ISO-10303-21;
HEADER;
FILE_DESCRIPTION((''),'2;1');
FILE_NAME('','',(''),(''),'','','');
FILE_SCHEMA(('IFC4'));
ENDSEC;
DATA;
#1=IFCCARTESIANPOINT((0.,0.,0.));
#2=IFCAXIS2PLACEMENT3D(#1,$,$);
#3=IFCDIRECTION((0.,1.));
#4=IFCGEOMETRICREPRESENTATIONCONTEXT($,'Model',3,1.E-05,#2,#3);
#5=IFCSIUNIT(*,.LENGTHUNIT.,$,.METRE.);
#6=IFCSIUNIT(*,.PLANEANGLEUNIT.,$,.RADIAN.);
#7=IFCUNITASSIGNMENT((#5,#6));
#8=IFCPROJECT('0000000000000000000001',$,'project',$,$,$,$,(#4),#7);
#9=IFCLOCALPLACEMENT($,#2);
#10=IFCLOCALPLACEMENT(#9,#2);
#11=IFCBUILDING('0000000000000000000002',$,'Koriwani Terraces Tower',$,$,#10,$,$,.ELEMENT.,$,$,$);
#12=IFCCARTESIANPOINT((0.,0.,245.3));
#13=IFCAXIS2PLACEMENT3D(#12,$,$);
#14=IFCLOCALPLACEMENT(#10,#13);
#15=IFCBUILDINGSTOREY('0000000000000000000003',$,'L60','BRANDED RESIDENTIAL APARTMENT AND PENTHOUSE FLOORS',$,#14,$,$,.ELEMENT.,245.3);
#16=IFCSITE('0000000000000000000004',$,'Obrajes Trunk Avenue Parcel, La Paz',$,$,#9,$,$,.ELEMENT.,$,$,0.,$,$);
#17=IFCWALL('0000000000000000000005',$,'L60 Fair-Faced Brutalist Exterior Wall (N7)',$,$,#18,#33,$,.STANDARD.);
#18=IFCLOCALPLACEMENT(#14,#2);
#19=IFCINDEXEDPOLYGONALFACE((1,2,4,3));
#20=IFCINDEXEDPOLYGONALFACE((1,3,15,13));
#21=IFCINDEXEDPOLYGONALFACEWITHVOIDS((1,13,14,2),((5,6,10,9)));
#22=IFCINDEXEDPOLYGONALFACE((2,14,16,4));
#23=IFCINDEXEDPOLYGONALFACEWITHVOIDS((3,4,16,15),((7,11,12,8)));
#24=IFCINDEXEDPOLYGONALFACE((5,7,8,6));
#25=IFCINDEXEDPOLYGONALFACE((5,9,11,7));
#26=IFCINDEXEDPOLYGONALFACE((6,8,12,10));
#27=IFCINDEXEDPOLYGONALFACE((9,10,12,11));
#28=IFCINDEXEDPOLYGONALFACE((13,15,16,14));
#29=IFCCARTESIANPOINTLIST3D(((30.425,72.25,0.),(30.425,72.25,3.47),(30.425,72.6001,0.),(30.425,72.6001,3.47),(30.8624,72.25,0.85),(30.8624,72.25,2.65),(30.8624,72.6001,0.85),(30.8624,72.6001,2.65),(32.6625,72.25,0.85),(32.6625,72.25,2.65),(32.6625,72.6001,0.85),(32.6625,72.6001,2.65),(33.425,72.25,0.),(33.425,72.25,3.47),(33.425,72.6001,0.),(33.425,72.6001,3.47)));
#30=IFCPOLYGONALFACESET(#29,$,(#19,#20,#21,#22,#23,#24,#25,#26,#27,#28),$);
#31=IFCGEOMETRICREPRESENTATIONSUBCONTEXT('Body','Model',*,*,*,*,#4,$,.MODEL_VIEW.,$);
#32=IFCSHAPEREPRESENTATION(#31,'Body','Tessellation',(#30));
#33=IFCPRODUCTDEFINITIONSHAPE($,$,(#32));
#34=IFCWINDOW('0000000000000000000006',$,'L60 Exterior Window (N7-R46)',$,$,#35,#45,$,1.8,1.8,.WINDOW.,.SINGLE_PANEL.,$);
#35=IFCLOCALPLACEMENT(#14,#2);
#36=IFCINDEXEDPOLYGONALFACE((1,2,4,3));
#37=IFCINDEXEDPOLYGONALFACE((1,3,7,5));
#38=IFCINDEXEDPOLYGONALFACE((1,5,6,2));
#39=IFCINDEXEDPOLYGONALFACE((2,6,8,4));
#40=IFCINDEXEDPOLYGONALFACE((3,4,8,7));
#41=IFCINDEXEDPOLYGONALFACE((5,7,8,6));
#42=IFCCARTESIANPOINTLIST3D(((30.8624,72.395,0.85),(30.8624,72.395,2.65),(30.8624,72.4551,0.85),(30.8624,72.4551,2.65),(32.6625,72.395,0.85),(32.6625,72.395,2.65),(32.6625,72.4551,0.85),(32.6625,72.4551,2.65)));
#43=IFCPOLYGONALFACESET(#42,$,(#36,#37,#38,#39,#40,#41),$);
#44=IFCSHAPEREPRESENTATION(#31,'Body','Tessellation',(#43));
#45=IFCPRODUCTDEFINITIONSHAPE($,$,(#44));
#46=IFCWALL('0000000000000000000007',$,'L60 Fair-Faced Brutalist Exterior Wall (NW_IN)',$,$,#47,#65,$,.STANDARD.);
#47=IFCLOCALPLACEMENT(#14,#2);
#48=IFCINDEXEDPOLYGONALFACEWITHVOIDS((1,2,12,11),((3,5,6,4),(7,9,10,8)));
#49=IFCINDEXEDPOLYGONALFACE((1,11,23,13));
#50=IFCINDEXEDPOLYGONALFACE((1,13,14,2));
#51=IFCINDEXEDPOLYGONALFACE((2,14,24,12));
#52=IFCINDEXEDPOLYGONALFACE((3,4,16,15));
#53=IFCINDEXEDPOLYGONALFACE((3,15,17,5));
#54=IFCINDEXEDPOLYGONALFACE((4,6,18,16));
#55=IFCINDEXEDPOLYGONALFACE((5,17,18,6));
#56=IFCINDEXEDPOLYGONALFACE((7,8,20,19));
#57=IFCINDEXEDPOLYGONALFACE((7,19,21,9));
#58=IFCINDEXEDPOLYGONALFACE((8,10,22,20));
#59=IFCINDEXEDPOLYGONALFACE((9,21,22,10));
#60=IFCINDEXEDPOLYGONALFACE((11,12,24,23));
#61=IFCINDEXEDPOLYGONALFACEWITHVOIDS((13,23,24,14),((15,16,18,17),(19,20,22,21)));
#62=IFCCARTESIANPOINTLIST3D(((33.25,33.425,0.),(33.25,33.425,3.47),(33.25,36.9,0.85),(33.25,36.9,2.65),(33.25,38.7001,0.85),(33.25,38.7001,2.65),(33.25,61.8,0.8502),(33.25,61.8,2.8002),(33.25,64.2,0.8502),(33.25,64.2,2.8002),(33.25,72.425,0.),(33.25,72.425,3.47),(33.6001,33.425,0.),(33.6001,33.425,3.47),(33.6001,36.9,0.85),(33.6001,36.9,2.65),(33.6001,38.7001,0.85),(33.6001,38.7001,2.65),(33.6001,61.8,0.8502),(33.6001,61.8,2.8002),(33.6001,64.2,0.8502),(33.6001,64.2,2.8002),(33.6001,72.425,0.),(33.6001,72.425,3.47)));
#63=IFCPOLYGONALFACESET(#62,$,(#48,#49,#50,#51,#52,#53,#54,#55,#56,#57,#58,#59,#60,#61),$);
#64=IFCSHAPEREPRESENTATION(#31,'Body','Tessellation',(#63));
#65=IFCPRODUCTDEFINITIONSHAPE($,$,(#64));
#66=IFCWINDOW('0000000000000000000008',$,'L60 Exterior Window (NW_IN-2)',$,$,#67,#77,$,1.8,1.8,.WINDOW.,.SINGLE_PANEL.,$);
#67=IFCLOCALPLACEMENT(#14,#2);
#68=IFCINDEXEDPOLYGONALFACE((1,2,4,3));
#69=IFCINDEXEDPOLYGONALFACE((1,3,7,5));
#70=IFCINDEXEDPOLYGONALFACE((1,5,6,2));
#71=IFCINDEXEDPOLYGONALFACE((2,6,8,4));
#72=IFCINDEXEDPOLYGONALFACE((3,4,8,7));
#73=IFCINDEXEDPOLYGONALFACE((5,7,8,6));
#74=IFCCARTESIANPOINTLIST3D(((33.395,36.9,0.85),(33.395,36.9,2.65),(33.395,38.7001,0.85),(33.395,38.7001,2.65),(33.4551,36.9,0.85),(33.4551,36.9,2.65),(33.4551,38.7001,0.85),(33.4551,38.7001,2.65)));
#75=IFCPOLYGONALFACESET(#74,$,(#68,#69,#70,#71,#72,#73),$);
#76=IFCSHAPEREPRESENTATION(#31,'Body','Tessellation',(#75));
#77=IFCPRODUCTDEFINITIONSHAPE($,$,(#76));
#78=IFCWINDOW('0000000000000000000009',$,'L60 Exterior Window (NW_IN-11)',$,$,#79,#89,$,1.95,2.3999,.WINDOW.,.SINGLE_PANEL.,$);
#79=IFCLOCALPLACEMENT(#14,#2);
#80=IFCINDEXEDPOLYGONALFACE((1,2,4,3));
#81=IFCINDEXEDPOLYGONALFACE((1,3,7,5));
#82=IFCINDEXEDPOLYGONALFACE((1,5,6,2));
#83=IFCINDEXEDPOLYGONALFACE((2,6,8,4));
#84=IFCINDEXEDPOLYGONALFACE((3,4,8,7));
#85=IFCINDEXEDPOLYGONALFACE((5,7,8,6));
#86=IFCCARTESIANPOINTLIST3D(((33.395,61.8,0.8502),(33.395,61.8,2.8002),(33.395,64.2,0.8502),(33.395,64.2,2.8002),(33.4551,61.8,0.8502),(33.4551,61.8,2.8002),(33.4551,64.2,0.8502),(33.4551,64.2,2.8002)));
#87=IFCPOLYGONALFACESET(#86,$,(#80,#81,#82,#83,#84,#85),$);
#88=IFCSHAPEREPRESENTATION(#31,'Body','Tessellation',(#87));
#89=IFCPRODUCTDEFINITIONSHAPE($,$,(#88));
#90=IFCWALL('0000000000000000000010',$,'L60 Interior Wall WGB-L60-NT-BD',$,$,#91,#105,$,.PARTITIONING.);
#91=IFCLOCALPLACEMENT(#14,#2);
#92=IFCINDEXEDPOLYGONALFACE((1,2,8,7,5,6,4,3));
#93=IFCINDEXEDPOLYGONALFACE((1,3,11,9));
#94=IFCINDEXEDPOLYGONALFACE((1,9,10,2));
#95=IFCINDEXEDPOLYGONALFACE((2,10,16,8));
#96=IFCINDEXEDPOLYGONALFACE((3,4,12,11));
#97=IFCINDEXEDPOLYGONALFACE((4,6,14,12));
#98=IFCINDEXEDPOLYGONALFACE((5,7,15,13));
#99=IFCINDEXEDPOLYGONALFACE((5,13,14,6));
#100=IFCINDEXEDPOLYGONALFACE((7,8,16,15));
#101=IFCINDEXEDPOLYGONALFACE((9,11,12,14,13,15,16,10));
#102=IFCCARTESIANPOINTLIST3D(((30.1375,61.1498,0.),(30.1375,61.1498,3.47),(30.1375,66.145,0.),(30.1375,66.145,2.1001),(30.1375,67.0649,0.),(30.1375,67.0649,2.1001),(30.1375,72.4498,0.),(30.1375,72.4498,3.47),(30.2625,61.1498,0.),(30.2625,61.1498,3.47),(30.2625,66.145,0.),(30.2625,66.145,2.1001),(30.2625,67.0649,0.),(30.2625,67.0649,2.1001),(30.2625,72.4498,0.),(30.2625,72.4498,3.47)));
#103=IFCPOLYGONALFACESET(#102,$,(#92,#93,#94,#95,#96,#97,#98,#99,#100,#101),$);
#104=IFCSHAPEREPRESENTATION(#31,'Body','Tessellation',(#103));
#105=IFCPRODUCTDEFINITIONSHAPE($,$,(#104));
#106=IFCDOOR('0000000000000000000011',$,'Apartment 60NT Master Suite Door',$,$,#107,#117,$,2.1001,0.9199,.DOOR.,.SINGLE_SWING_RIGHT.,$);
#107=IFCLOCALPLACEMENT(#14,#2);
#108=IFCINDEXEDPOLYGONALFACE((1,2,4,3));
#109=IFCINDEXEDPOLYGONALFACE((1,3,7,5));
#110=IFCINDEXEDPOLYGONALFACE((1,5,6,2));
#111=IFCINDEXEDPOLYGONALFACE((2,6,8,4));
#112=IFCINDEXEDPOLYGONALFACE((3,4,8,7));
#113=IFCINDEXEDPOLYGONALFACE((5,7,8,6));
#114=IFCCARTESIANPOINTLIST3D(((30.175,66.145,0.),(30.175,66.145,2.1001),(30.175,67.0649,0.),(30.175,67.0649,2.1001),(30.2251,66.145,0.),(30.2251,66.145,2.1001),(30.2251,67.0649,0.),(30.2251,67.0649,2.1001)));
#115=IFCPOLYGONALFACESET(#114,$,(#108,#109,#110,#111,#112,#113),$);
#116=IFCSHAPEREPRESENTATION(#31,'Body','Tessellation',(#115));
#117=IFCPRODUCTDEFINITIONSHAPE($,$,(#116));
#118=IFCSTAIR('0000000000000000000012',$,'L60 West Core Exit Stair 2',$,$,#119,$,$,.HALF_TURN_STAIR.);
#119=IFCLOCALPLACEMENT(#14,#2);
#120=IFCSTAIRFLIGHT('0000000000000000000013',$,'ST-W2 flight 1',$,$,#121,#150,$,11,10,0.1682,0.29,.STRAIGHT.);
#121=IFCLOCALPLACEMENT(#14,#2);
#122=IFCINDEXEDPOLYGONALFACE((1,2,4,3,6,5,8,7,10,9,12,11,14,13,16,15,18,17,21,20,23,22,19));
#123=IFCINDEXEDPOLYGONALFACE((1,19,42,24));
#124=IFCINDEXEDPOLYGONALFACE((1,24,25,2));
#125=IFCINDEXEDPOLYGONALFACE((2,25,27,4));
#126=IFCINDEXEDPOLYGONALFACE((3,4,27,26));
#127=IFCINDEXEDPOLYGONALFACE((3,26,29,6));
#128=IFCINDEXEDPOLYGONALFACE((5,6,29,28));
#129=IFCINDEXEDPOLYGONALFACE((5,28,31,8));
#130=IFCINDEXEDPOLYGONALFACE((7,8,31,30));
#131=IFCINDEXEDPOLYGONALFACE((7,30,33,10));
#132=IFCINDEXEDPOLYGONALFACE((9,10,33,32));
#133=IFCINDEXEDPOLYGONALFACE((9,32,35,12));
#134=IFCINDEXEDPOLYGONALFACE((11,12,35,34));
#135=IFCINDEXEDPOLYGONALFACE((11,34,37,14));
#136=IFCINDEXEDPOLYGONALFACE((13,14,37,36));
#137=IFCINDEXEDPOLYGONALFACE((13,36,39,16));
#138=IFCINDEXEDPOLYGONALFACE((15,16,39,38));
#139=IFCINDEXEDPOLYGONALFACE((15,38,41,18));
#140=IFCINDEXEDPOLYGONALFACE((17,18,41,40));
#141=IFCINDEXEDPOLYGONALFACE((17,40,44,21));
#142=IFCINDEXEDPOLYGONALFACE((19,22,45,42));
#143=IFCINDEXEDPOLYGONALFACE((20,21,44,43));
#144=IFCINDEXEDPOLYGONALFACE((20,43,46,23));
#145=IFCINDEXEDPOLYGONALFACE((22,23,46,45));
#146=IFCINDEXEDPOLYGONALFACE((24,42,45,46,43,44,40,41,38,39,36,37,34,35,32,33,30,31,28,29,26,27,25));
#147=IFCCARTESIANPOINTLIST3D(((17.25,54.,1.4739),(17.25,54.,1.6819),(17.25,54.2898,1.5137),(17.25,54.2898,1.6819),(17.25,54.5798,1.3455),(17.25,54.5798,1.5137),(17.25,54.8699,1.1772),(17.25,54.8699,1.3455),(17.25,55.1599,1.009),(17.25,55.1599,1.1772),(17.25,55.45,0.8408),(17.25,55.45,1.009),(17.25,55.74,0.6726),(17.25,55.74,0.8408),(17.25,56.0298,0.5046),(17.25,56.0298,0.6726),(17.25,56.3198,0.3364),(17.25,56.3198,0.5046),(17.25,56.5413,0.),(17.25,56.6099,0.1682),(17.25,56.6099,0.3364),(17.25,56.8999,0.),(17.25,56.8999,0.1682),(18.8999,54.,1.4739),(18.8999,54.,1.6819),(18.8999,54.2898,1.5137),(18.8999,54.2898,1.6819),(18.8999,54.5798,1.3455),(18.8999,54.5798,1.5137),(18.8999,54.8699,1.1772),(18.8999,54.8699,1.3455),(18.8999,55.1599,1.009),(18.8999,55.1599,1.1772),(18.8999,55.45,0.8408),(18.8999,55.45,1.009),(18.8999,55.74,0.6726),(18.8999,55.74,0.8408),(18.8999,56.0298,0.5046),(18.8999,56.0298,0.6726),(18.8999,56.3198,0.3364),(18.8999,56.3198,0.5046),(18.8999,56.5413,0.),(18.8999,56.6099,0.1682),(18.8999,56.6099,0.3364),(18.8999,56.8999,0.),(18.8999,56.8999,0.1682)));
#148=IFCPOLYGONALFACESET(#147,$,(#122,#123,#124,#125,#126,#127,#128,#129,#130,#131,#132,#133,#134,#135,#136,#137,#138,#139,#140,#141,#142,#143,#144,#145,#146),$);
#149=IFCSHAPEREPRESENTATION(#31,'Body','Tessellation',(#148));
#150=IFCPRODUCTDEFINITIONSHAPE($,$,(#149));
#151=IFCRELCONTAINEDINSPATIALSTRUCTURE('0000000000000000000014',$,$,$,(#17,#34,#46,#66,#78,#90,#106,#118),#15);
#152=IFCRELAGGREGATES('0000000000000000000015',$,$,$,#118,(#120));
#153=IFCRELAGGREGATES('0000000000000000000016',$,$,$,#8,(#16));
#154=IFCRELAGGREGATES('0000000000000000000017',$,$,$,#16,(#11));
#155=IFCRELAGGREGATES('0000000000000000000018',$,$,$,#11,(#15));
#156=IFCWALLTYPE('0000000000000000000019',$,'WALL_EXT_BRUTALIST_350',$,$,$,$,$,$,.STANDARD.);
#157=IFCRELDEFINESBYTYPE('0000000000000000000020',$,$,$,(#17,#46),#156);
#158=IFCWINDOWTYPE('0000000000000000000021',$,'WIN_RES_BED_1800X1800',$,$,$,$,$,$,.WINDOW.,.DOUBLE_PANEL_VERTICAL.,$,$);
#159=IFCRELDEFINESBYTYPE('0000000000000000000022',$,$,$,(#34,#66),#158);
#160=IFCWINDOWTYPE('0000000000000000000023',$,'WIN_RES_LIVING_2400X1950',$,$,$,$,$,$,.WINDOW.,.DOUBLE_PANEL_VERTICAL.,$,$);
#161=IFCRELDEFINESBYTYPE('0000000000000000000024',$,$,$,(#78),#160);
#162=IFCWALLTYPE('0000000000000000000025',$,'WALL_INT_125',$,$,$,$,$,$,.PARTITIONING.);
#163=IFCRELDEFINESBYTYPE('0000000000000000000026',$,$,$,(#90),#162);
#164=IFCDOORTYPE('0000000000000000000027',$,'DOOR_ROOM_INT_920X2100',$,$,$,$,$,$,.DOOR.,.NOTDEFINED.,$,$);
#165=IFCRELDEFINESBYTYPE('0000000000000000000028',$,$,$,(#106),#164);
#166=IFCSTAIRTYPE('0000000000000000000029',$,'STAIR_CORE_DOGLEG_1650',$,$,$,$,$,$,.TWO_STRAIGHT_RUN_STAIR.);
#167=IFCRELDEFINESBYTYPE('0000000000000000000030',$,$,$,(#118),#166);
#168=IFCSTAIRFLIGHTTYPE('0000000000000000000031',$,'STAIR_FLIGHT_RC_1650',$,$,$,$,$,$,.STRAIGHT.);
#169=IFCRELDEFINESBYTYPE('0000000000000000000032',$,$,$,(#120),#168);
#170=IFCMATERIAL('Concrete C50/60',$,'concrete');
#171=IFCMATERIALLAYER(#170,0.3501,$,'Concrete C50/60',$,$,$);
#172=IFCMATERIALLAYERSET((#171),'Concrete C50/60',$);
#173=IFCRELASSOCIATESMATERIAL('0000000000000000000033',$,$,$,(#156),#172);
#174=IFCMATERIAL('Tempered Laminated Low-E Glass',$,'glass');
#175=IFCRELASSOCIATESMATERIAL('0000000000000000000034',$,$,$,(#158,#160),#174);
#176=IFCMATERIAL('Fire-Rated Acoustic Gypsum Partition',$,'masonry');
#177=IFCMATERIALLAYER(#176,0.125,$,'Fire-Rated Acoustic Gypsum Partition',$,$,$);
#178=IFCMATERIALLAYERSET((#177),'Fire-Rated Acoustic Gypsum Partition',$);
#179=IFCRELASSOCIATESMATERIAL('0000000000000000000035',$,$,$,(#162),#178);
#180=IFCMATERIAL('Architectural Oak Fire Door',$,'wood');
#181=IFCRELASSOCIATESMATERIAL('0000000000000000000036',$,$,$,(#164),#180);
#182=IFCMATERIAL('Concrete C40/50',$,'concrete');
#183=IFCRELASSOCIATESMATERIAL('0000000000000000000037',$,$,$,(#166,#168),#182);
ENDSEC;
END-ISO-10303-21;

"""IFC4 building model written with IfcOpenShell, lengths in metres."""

from ifc_helpers import new_model, si_unit, direction, frame, frame_2d, origin, place, context, subcontext, project, spatial, polyline, rectangle, outline, extrude, material, layer, layer_set, type_object, element, fill, aggregate, save


model = new_model("IFC4")

# Units and contexts
model_context = context("Model", 3, precision=1e-05, world=origin(), true_north=direction((0.0, 1.0)))
body_context = subcontext(model_context, "Body", "Model", "MODEL_VIEW")
ifc_project = project(units=[si_unit("LENGTHUNIT", "METRE"), si_unit("PLANEANGLEUNIT", "RADIAN")], contexts=[model_context])

# Site, building, storey
site_placement = place(None, origin())
site = spatial("IfcSite", under=ifc_project, at=site_placement, Name="Obrajes Trunk Avenue Parcel, La Paz", CompositionType="ELEMENT", RefElevation=0.0)
building_placement = place(site_placement, origin())
building = spatial("IfcBuilding", under=site, at=building_placement, Name="Koriwani Terraces Tower", CompositionType="ELEMENT")
storey_placement = place(building_placement, frame((0.0, 0.0, 245.3)))
storey = spatial("IfcBuildingStorey", under=building, at=storey_placement, Name="L60", Description="BRANDED RESIDENTIAL APARTMENT AND PENTHOUSE FLOORS", CompositionType="ELEMENT", Elevation=245.3)

# Shared definitions
ifc_material_1 = material(Name="Concrete C50/60", Category="concrete")

# Shared definitions
ifc_material_2 = material(Name="Concrete C40/50", Category="concrete")

# Shared definitions
ifc_layer_1 = layer(ifc_material_1, 0.3501, Name="Concrete C50/60")
ifc_layer_set_1 = layer_set([ifc_layer_1], Name="Concrete C50/60")
wall_type_1 = type_object("IfcWallType", Name="WALL_EXT_BRUTALIST_350", PredefinedType="STANDARD", material=ifc_layer_set_1)

# Wall, opening, window
wall_1_placement = place(storey_placement, frame((30.425, 72.425, 0.0), z_axis=(0.0, 0.0, 1.0), x_axis=(1.0, 0.0, 0.0)))
wall_1 = element("IfcWall", 1, at=wall_1_placement, inside=storey, type_object=wall_type_1, Name="L60 Fair-Faced Brutalist Exterior Wall (N7)", PredefinedType="STANDARD", context=body_context, shape_type="SweptSolid", body=[
    extrude(rectangle(XDim=3.0, YDim=0.3501, at=frame_2d((1.5, 0.0))), origin(), (0.0, 0.0, 1.0), 3.47),
])
opening_1_placement = place(wall_1_placement, frame((0.4375, 0.0, 0.8501)))
opening_1 = element("IfcOpeningElement", 2, at=opening_1_placement, cuts=wall_1, PredefinedType="OPENING", context=body_context, shape_type="SweptSolid", body=[
    extrude(rectangle(XDim=1.8, YDim=1.8, at=frame_2d((0.8999, 0.8999))), frame((0.0, 0.1851, 0.0), z_axis=(0.0, -1.0, 0.0), x_axis=(1.0, 0.0, 0.0)), (0.0, 0.0, 1.0), 0.3701),
])
ifc_material_3 = material(Name="Tempered Laminated Low-E Glass", Category="glass")
window_type_1 = type_object("IfcWindowType", Name="WIN_RES_BED_1800X1800", PartitioningType="DOUBLE_PANEL_VERTICAL", PredefinedType="WINDOW", material=ifc_material_3)
window_1_placement = place(opening_1_placement, origin())
window_1 = element("IfcWindow", 3, at=window_1_placement, inside=storey, type_object=window_type_1, Name="L60 Exterior Window (N7-R46)", OverallHeight=1.8, OverallWidth=1.8, PartitioningType="SINGLE_PANEL", PredefinedType="WINDOW", context=body_context, shape_type="SweptSolid", body=[
    extrude(rectangle(XDim=1.8, YDim=1.8, at=frame_2d((0.8999, 0.8999))), frame((0.0, 0.03, 0.0), z_axis=(0.0, -1.0, 0.0), x_axis=(1.0, 0.0, 0.0)), (0.0, 0.0, 1.0), 0.0601),
])
fill(opening_1, window_1)

# Wall, openings, windows
wall_2_placement = place(storey_placement, frame((33.425, 72.425, 0.0), z_axis=(0.0, 0.0, 1.0), x_axis=(0.0, -1.0, 0.0)))
wall_2 = element("IfcWall", 4, at=wall_2_placement, inside=storey, type_object=wall_type_1, Name="L60 Fair-Faced Brutalist Exterior Wall (NW_IN)", PredefinedType="STANDARD", context=body_context, shape_type="SweptSolid", body=[
    extrude(rectangle(XDim=39.0, YDim=0.3501, at=frame_2d((19.5, 0.0))), origin(), (0.0, 0.0, 1.0), 3.47),
])
opening_2_placement = place(wall_2_placement, frame((33.7251, 0.0, 0.8501)))
opening_2 = element("IfcOpeningElement", 5, at=opening_2_placement, cuts=wall_2, PredefinedType="OPENING", context=body_context, shape_type="SweptSolid", body=[
    extrude(rectangle(XDim=1.8, YDim=1.8, at=frame_2d((0.8999, 0.8999))), frame((0.0, 0.1851, 0.0), z_axis=(0.0, -1.0, 0.0), x_axis=(1.0, 0.0, 0.0)), (0.0, 0.0, 1.0), 0.3701),
])
opening_3_placement = place(wall_2_placement, frame((8.2251, 0.0, 0.8501)))
opening_3 = element("IfcOpeningElement", 6, at=opening_3_placement, cuts=wall_2, PredefinedType="OPENING", context=body_context, shape_type="SweptSolid", body=[
    extrude(rectangle(XDim=2.3999, YDim=1.95, at=frame_2d((1.2, 0.9751))), frame((0.0, 0.1851, 0.0), z_axis=(0.0, -1.0, 0.0), x_axis=(1.0, 0.0, 0.0)), (0.0, 0.0, 1.0), 0.3701),
])
window_2_placement = place(opening_2_placement, origin())
window_2 = element("IfcWindow", 7, at=window_2_placement, inside=storey, type_object=window_type_1, Name="L60 Exterior Window (NW_IN-2)", OverallHeight=1.8, OverallWidth=1.8, PartitioningType="SINGLE_PANEL", PredefinedType="WINDOW", context=body_context, shape_type="SweptSolid", body=[
    extrude(rectangle(XDim=1.8, YDim=1.8, at=frame_2d((0.8999, 0.8999))), frame((0.0, 0.03, 0.0), z_axis=(0.0, -1.0, 0.0), x_axis=(1.0, 0.0, 0.0)), (0.0, 0.0, 1.0), 0.0601),
])
fill(opening_2, window_2)
window_type_2 = type_object("IfcWindowType", Name="WIN_RES_LIVING_2400X1950", PartitioningType="DOUBLE_PANEL_VERTICAL", PredefinedType="WINDOW", material=ifc_material_3)
window_3_placement = place(opening_3_placement, origin())
window_3 = element("IfcWindow", 8, at=window_3_placement, inside=storey, type_object=window_type_2, Name="L60 Exterior Window (NW_IN-11)", OverallHeight=1.95, OverallWidth=2.3999, PartitioningType="SINGLE_PANEL", PredefinedType="WINDOW", context=body_context, shape_type="SweptSolid", body=[
    extrude(rectangle(XDim=2.3999, YDim=1.95, at=frame_2d((1.2, 0.9751))), frame((0.0, 0.03, 0.0), z_axis=(0.0, -1.0, 0.0), x_axis=(1.0, 0.0, 0.0)), (0.0, 0.0, 1.0), 0.0601),
])
fill(opening_3, window_3)

# Wall, opening, door
ifc_material_4 = material(Name="Fire-Rated Acoustic Gypsum Partition", Category="masonry")
ifc_layer_2 = layer(ifc_material_4, 0.125, Name="Fire-Rated Acoustic Gypsum Partition")
ifc_layer_set_2 = layer_set([ifc_layer_2], Name="Fire-Rated Acoustic Gypsum Partition")
wall_type_2 = type_object("IfcWallType", Name="WALL_INT_125", PredefinedType="PARTITIONING", material=ifc_layer_set_2)
wall_3_placement = place(storey_placement, frame((30.2, 61.1499, 0.0), z_axis=(0.0, 0.0, 1.0), x_axis=(0.0, 1.0, 0.0)))
wall_3 = element("IfcWall", 9, at=wall_3_placement, inside=storey, type_object=wall_type_2, Name="L60 Interior Wall WGB-L60-NT-BD", PredefinedType="PARTITIONING", context=body_context, shape_type="SweptSolid", body=[
    extrude(rectangle(XDim=11.3, YDim=0.125, at=frame_2d((5.6499, 0.0))), origin(), (0.0, 0.0, 1.0), 3.47),
])
opening_4_placement = place(wall_3_placement, frame((4.9951, 0.0, 0.0)))
opening_4 = element("IfcOpeningElement", 10, at=opening_4_placement, cuts=wall_3, PredefinedType="OPENING", context=body_context, shape_type="SweptSolid", body=[
    extrude(rectangle(XDim=0.9199, YDim=2.1001, at=frame_2d((0.46, 1.05))), frame((0.0, 0.0725, 0.0), z_axis=(0.0, -1.0, 0.0), x_axis=(1.0, 0.0, 0.0)), (0.0, 0.0, 1.0), 0.145),
])
ifc_material_5 = material(Name="Architectural Oak Fire Door", Category="wood")
door_type_1 = type_object("IfcDoorType", Name="DOOR_ROOM_INT_920X2100", OperationType="NOTDEFINED", PredefinedType="DOOR", material=ifc_material_5)
door_1_placement = place(opening_4_placement, origin())
door_1 = element("IfcDoor", 11, at=door_1_placement, inside=storey, type_object=door_type_1, Name="Apartment 60NT Master Suite Door", OperationType="SINGLE_SWING_RIGHT", OverallHeight=2.1001, OverallWidth=0.9199, PredefinedType="DOOR", context=body_context, shape_type="SweptSolid", body=[
    extrude(rectangle(XDim=0.9199, YDim=2.1001, at=frame_2d((0.46, 1.05))), frame((0.0, 0.0249, 0.0), z_axis=(0.0, -1.0, 0.0), x_axis=(1.0, 0.0, 0.0)), (0.0, 0.0, 1.0), 0.05),
])
fill(opening_4, door_1)

# Stair, stair flight
stair_type = type_object("IfcStairType", Name="STAIR_CORE_DOGLEG_1650", PredefinedType="TWO_STRAIGHT_RUN_STAIR", material=ifc_material_2)
stair_placement = place(storey_placement, origin())
stair = element("IfcStair", 12, at=stair_placement, inside=storey, type_object=stair_type, Name="L60 West Core Exit Stair 2", PredefinedType="HALF_TURN_STAIR")
stair_flight_type = type_object("IfcStairFlightType", Name="STAIR_FLIGHT_RC_1650", PredefinedType="STRAIGHT", material=ifc_material_2)
stair_flight_placement = place(storey_placement, frame((18.075, 56.8999, 0.0), z_axis=(0.0, 0.0, 1.0), x_axis=(0.0, -1.0, 0.0)))
stair_flight = element("IfcStairFlight", 13, at=stair_flight_placement, type_object=stair_flight_type, Name="ST-W2 flight 1", NumberOfRisers=11, NumberOfTreads=10, PredefinedType="STRAIGHT", RiserHeight=0.1682, TreadLength=0.29, context=body_context, shape_type="SweptSolid", body=[
    extrude(outline(polyline([(0.0, 0.0), (0.0, 0.1682), (0.29, 0.1682), (0.29, 0.3364), (0.5801, 0.3364), (0.5801, 0.5046), (0.8701, 0.5046), (0.8701, 0.6726), (1.1599, 0.6726), (1.1599, 0.8408), (1.45, 0.8408), (1.45, 1.009), (1.74, 1.009), (1.74, 1.1772), (2.03, 1.1772), (2.03, 1.3455), (2.3201, 1.3455), (2.3201, 1.5137), (2.6101, 1.5137), (2.6101, 1.6819), (2.8999, 1.6819), (2.8999, 1.8501), (2.8999, 1.4739), (0.3586, 0.0), (0.0, 0.0)])), frame((0.0, 0.825, 0.0), z_axis=(0.0, -1.0, 0.0), x_axis=(1.0, 0.0, 0.0)), (0.0, 0.0, 1.0), 1.6499),
])
aggregate(stair, [stair_flight])

save(model, "model.ifc")
